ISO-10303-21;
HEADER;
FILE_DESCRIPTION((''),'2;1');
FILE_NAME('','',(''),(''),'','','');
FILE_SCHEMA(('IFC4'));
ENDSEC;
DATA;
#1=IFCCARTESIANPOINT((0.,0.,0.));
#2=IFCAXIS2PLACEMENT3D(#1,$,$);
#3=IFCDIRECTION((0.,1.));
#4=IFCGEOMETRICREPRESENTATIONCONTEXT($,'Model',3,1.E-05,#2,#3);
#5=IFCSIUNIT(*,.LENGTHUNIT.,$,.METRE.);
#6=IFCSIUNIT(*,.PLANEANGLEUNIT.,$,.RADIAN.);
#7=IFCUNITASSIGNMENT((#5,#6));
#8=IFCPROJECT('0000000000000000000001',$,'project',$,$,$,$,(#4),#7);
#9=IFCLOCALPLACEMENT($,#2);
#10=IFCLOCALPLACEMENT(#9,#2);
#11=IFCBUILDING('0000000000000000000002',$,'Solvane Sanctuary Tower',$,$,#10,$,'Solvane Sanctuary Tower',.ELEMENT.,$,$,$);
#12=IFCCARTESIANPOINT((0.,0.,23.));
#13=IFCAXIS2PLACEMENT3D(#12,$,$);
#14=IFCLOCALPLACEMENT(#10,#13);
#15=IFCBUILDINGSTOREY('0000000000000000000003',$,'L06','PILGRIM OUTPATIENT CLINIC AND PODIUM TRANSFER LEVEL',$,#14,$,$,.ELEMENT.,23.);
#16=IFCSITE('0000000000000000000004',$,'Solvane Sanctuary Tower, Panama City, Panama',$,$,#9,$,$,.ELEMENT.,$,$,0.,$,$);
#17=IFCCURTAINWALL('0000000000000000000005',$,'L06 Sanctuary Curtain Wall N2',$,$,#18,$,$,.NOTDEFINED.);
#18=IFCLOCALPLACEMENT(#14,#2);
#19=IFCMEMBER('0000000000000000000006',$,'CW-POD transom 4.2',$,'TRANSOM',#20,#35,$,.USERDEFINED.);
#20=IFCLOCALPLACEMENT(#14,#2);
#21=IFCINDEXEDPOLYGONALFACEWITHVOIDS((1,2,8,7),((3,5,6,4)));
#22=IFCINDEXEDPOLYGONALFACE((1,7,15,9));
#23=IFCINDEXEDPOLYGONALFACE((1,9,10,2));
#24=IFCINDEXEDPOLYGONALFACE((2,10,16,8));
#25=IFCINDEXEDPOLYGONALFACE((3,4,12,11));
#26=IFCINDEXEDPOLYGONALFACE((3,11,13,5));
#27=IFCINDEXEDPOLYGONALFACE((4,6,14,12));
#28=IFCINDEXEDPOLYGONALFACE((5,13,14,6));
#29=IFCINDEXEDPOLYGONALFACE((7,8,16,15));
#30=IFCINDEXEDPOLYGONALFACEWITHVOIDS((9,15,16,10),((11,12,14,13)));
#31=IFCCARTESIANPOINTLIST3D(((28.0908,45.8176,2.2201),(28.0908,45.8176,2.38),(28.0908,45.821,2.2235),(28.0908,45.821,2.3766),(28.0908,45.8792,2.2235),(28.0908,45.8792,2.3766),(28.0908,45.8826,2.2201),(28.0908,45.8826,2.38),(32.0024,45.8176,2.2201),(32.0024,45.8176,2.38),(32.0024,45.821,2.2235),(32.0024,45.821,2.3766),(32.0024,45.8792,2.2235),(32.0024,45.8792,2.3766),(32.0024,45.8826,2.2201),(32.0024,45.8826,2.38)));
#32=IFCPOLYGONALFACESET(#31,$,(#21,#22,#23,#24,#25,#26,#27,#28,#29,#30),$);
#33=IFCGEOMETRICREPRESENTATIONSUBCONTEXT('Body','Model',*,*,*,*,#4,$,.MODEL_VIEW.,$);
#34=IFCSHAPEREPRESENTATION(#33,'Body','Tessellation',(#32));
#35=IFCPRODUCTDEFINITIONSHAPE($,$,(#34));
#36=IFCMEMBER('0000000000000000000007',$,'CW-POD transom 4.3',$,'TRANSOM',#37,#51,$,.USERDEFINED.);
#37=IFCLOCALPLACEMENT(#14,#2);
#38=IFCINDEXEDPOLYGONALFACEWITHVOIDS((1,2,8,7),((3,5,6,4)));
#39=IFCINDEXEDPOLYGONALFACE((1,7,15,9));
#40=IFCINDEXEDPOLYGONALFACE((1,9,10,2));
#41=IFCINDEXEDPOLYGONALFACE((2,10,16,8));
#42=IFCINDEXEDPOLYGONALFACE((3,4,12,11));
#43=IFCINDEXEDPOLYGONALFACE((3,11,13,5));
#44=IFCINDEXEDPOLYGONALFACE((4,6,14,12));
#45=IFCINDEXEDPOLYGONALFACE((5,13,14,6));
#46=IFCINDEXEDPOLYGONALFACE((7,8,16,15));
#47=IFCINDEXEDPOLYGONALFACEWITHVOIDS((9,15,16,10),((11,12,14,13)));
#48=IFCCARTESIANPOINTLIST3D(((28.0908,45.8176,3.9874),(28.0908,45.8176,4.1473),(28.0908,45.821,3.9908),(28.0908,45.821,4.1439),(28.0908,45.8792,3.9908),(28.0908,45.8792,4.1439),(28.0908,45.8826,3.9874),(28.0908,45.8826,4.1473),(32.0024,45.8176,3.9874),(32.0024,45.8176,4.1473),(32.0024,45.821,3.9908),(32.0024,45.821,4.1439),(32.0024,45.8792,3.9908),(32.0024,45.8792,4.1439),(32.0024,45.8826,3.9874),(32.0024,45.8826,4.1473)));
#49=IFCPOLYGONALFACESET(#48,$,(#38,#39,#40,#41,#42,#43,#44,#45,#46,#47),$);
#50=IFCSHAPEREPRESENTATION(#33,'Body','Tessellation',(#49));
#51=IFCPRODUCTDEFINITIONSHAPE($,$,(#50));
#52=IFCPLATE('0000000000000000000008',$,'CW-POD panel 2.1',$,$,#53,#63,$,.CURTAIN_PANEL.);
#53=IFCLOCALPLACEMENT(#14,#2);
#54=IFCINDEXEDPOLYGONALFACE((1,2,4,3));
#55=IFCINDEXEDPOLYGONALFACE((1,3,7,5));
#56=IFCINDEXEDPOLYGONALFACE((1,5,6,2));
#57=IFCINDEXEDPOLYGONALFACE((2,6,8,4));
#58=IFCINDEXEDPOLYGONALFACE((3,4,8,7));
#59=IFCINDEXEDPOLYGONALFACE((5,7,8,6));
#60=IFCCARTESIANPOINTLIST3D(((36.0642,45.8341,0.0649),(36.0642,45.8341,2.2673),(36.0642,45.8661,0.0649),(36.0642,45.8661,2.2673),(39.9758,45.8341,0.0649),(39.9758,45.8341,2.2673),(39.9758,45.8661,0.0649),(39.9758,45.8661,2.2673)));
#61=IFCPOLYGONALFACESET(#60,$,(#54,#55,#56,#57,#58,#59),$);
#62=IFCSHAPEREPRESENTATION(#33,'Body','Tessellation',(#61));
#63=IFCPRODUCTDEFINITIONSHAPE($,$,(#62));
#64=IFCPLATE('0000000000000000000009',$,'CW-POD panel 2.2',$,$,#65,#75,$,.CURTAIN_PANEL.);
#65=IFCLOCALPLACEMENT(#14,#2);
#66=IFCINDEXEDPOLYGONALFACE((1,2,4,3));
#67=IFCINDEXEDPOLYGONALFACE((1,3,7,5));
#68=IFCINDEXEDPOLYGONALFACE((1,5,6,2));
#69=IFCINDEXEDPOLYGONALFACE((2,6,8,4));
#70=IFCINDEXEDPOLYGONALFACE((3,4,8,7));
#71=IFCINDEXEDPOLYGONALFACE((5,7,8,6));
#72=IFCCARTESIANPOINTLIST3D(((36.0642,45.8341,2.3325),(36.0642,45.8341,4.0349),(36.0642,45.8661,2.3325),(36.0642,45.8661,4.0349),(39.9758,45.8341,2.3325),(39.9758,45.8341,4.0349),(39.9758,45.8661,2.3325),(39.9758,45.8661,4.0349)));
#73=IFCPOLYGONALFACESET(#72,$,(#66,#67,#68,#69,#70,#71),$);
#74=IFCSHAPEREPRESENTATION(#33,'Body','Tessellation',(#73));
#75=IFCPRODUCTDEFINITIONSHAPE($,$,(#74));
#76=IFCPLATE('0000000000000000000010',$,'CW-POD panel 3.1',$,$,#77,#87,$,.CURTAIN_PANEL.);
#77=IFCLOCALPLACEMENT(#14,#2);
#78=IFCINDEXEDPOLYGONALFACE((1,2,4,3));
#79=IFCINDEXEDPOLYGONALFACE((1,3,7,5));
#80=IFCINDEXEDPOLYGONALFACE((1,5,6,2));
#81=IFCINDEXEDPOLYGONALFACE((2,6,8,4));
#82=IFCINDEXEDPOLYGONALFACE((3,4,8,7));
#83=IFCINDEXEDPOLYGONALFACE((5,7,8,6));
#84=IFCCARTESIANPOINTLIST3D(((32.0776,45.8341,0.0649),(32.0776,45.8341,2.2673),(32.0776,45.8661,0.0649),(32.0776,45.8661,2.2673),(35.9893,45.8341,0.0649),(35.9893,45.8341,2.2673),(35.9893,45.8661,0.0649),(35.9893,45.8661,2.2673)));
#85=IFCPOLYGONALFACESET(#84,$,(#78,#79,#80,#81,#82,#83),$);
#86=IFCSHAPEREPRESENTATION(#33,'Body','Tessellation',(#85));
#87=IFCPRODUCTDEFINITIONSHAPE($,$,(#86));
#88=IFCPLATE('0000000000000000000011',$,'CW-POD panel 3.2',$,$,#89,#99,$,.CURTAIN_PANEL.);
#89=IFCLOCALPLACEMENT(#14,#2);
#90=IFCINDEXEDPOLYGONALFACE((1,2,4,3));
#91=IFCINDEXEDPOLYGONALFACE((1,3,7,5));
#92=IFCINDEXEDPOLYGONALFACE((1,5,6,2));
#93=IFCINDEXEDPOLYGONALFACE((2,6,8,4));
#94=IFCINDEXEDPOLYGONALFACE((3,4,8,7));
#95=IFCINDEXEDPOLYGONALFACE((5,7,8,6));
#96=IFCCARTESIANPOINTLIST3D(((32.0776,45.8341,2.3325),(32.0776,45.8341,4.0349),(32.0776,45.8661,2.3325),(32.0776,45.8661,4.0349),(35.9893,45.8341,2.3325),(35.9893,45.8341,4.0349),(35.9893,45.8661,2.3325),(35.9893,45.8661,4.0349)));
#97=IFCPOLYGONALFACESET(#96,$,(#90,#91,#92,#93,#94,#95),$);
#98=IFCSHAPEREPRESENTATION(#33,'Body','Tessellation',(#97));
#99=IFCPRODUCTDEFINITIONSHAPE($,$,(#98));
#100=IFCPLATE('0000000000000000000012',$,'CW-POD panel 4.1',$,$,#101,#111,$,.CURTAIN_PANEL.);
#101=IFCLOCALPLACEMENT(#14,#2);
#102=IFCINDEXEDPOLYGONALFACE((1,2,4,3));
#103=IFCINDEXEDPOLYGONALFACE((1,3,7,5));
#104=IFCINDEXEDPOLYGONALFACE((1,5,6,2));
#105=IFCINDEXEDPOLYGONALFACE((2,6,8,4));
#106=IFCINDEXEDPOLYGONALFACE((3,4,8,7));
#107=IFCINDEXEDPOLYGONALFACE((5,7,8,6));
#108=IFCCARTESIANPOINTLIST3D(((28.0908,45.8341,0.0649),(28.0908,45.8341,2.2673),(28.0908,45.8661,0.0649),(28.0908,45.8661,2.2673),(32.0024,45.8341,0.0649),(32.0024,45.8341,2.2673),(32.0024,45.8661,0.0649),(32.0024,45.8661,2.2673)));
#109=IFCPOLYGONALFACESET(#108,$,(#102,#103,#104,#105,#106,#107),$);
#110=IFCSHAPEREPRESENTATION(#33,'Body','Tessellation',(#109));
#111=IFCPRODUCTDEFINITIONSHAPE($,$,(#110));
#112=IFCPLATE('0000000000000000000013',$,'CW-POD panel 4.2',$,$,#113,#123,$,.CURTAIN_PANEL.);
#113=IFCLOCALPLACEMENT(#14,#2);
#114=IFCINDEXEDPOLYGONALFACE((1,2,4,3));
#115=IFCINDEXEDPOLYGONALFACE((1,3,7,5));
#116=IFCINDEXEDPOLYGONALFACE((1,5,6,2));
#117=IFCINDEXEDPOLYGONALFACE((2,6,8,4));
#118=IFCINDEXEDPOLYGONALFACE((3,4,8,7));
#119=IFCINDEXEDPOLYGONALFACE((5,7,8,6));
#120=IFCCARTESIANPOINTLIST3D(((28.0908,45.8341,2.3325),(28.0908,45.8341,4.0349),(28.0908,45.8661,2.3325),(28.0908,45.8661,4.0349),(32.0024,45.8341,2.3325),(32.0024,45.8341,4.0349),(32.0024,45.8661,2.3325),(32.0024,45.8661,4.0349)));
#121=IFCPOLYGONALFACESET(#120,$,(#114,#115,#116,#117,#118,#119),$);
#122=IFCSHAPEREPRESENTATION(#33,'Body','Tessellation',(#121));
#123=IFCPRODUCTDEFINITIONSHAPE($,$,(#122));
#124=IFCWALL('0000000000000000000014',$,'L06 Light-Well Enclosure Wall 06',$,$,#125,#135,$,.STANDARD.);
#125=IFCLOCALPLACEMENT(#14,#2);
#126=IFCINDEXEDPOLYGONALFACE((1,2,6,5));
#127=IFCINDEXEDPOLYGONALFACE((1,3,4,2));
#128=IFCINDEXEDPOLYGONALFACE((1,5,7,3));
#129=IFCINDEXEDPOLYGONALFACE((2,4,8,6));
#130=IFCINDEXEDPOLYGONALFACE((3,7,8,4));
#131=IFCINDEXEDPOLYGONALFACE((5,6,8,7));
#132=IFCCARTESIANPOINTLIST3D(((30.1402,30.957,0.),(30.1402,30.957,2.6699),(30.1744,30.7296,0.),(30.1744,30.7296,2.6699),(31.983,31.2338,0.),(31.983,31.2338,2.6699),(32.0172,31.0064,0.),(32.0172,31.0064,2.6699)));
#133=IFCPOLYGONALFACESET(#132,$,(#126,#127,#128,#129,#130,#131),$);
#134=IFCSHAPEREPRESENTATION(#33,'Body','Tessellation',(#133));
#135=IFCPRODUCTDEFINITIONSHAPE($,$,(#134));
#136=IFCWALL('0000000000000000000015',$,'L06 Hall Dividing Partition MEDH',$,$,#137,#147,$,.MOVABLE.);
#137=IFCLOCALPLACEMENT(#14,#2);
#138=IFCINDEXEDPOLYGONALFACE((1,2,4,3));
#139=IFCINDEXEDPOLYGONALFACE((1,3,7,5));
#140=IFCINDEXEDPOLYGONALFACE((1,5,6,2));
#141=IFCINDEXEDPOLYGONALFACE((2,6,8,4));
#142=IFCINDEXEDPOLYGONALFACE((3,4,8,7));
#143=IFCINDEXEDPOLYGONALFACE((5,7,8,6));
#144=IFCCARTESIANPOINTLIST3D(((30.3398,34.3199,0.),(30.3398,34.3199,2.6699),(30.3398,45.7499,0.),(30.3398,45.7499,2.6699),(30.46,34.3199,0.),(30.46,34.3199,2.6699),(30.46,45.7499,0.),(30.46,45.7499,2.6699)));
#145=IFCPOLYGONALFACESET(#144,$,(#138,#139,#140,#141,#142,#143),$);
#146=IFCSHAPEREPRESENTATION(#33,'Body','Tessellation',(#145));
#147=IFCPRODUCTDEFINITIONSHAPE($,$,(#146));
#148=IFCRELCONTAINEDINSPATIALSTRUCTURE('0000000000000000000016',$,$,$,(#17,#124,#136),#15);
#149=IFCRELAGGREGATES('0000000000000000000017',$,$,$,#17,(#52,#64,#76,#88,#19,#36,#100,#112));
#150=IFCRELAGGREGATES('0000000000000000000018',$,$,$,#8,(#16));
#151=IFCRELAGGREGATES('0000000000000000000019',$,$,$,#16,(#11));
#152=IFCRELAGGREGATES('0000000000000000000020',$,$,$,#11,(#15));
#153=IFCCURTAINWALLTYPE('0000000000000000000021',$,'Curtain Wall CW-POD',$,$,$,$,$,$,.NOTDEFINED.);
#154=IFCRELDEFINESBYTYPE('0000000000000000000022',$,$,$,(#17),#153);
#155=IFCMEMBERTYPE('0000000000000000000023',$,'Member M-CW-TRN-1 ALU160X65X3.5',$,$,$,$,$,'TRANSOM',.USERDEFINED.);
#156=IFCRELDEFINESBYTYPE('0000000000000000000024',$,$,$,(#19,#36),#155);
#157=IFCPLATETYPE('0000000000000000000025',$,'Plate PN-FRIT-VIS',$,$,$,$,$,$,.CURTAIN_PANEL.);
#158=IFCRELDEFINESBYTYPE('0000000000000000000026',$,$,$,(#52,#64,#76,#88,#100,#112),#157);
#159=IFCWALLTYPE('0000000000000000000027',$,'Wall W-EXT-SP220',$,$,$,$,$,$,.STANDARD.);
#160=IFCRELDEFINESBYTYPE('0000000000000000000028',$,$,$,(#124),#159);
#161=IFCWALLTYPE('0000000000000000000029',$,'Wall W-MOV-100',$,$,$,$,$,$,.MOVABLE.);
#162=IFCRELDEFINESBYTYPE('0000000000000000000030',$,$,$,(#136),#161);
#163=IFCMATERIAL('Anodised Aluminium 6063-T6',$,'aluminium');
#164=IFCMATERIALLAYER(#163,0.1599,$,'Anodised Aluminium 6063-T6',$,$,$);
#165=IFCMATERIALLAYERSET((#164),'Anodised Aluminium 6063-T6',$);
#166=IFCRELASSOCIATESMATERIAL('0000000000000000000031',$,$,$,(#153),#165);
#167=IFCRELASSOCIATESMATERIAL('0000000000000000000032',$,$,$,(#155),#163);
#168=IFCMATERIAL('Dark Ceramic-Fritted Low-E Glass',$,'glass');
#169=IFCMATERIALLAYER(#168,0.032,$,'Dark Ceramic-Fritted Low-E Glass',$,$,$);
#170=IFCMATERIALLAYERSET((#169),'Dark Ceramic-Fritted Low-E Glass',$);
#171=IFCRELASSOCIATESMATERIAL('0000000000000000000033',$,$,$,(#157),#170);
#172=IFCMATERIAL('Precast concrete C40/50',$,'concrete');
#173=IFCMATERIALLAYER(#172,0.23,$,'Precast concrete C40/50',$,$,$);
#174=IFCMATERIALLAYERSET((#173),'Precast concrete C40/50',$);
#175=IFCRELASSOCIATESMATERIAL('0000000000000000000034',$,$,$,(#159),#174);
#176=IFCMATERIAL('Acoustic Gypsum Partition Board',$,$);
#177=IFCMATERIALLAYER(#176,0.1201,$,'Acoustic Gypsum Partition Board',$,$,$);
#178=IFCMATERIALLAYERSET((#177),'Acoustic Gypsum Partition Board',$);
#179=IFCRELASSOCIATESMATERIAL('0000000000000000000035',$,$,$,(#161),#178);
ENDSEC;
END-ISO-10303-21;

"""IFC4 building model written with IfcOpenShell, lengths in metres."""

from ifc_helpers import new_model, si_unit, direction, frame, frame_2d, origin, origin_2d, place, context, subcontext, project, spatial, rectangle, hollow_rectangle, extrude, material, layer, layer_set, material_profile, profile_set, type_object, element, aggregate, save


model = new_model("IFC4")

# Units and contexts
model_context = context("Model", 3, precision=1e-05, world=origin(), true_north=direction((0.0, 1.0)))
body_context = subcontext(model_context, "Body", "Model", "MODEL_VIEW")
ifc_project = project(units=[si_unit("LENGTHUNIT", "METRE"), si_unit("PLANEANGLEUNIT", "RADIAN")], contexts=[model_context])

# Site, building, storey
site_placement = place(None, origin())
site = spatial("IfcSite", under=ifc_project, at=site_placement, Name="Solvane Sanctuary Tower, Panama City, Panama", CompositionType="ELEMENT", RefElevation=0.0)
building_placement = place(site_placement, origin())
building = spatial("IfcBuilding", under=site, at=building_placement, Name="Solvane Sanctuary Tower", LongName="Solvane Sanctuary Tower", CompositionType="ELEMENT")
storey_placement = place(building_placement, frame((0.0, 0.0, 23.0)))
storey = spatial("IfcBuildingStorey", under=building, at=storey_placement, Name="L06", Description="PILGRIM OUTPATIENT CLINIC AND PODIUM TRANSFER LEVEL", CompositionType="ELEMENT", Elevation=23.0)

# Curtain wall, members, plates
ifc_material_1 = material(Name="Anodised Aluminium 6063-T6", Category="aluminium")
ifc_layer_1 = layer(ifc_material_1, 0.1599, Name="Anodised Aluminium 6063-T6")
ifc_layer_set_1 = layer_set([ifc_layer_1], Name="Anodised Aluminium 6063-T6")
curtain_wall_type = type_object("IfcCurtainWallType", Name="Curtain Wall CW-POD", PredefinedType="NOTDEFINED", material=ifc_layer_set_1)
curtain_wall_placement = place(storey_placement, origin())
curtain_wall = element("IfcCurtainWall", 1, at=curtain_wall_placement, inside=storey, type_object=curtain_wall_type, Name="L06 Sanctuary Curtain Wall N2", PredefinedType="NOTDEFINED")
ifc_material_profile_1 = material_profile(ifc_material_1, hollow_rectangle(XDim=0.0649, YDim=0.1599, WallThickness=0.0034, at=origin_2d()), Name="ALU160X65X3.5")
ifc_profile_set_1 = profile_set([ifc_material_profile_1], Name="Anodised Aluminium 6063-T6")
member_type_1 = type_object("IfcMemberType", Name="Member M-CW-TRN-1 ALU160X65X3.5", ElementType="TRANSOM", PredefinedType="USERDEFINED", material=ifc_profile_set_1)
member_1_placement = place(storey_placement, frame((32.0024, 45.8501, 2.3), z_axis=(-1.0, 0.0, 0.0), x_axis=(0.0, -1.0, 0.0)))
member_1 = element("IfcMember", 2, at=member_1_placement, type_object=member_type_1, Name="CW-POD transom 4.2", ObjectType="TRANSOM", PredefinedType="USERDEFINED", context=body_context, shape_type="SweptSolid", body=[
    extrude(hollow_rectangle(XDim=0.0649, YDim=0.1599, WallThickness=0.0034, at=origin_2d()), origin(), (0.0, 0.0, 1.0), 3.9116),
])
member_2_placement = place(storey_placement, frame((32.0024, 45.8501, 4.0674), z_axis=(-1.0, 0.0, 0.0), x_axis=(0.0, -1.0, 0.0)))
member_2 = element("IfcMember", 3, at=member_2_placement, type_object=member_type_1, Name="CW-POD transom 4.3", ObjectType="TRANSOM", PredefinedType="USERDEFINED", context=body_context, shape_type="SweptSolid", body=[
    extrude(hollow_rectangle(XDim=0.0649, YDim=0.1599, WallThickness=0.0034, at=origin_2d()), origin(), (0.0, 0.0, 1.0), 3.9116),
])
ifc_material_2 = material(Name="Dark Ceramic-Fritted Low-E Glass", Category="glass")
ifc_layer_2 = layer(ifc_material_2, 0.032, Name="Dark Ceramic-Fritted Low-E Glass")
ifc_layer_set_2 = layer_set([ifc_layer_2], Name="Dark Ceramic-Fritted Low-E Glass")
plate_type = type_object("IfcPlateType", Name="Plate PN-FRIT-VIS", PredefinedType="CURTAIN_PANEL", material=ifc_layer_set_2)
plate_1_placement = place(storey_placement, frame((38.02, 45.8501, 0.0649), z_axis=(0.0, 0.0, 1.0), x_axis=(-1.0, 0.0, 0.0)))
plate_1 = element("IfcPlate", 4, at=plate_1_placement, type_object=plate_type, Name="CW-POD panel 2.1", PredefinedType="CURTAIN_PANEL", context=body_context, shape_type="SweptSolid", body=[
    extrude(rectangle(XDim=3.9116, YDim=0.032, at=origin_2d()), origin(), (0.0, 0.0, 1.0), 2.2024),
])
plate_2_placement = place(storey_placement, frame((38.02, 45.8501, 2.3325), z_axis=(0.0, 0.0, 1.0), x_axis=(-1.0, 0.0, 0.0)))
plate_2 = element("IfcPlate", 5, at=plate_2_placement, type_object=plate_type, Name="CW-POD panel 2.2", PredefinedType="CURTAIN_PANEL", context=body_context, shape_type="SweptSolid", body=[
    extrude(rectangle(XDim=3.9116, YDim=0.032, at=origin_2d()), origin(), (0.0, 0.0, 1.0), 1.7024),
])
plate_3_placement = place(storey_placement, frame((34.0334, 45.8501, 0.0649), z_axis=(0.0, 0.0, 1.0), x_axis=(-1.0, 0.0, 0.0)))
plate_3 = element("IfcPlate", 6, at=plate_3_placement, type_object=plate_type, Name="CW-POD panel 3.1", PredefinedType="CURTAIN_PANEL", context=body_context, shape_type="SweptSolid", body=[
    extrude(rectangle(XDim=3.9116, YDim=0.032, at=origin_2d()), origin(), (0.0, 0.0, 1.0), 2.2024),
])
plate_4_placement = place(storey_placement, frame((34.0334, 45.8501, 2.3325), z_axis=(0.0, 0.0, 1.0), x_axis=(-1.0, 0.0, 0.0)))
plate_4 = element("IfcPlate", 7, at=plate_4_placement, type_object=plate_type, Name="CW-POD panel 3.2", PredefinedType="CURTAIN_PANEL", context=body_context, shape_type="SweptSolid", body=[
    extrude(rectangle(XDim=3.9116, YDim=0.032, at=origin_2d()), origin(), (0.0, 0.0, 1.0), 1.7024),
])
plate_5_placement = place(storey_placement, frame((30.0466, 45.8501, 0.0649), z_axis=(0.0, 0.0, 1.0), x_axis=(-1.0, 0.0, 0.0)))
plate_5 = element("IfcPlate", 8, at=plate_5_placement, type_object=plate_type, Name="CW-POD panel 4.1", PredefinedType="CURTAIN_PANEL", context=body_context, shape_type="SweptSolid", body=[
    extrude(rectangle(XDim=3.9116, YDim=0.032, at=origin_2d()), origin(), (0.0, 0.0, 1.0), 2.2024),
])
plate_6_placement = place(storey_placement, frame((30.0466, 45.8501, 2.3325), z_axis=(0.0, 0.0, 1.0), x_axis=(-1.0, 0.0, 0.0)))
plate_6 = element("IfcPlate", 9, at=plate_6_placement, type_object=plate_type, Name="CW-POD panel 4.2", PredefinedType="CURTAIN_PANEL", context=body_context, shape_type="SweptSolid", body=[
    extrude(rectangle(XDim=3.9116, YDim=0.032, at=origin_2d()), origin(), (0.0, 0.0, 1.0), 1.7024),
])
aggregate(curtain_wall, [plate_1, plate_2, plate_3, plate_4, member_1, member_2, plate_5, plate_6])

# Walls
ifc_material_3 = material(Name="Precast concrete C40/50", Category="concrete")
ifc_layer_3 = layer(ifc_material_3, 0.23, Name="Precast concrete C40/50")
ifc_layer_set_3 = layer_set([ifc_layer_3], Name="Precast concrete C40/50")
wall_type_1 = type_object("IfcWallType", Name="Wall W-EXT-SP220", PredefinedType="STANDARD", material=ifc_layer_set_3)
wall_1_placement = place(storey_placement, frame((32.0, 31.1201, 0.0), z_axis=(0.0, 0.0, 1.0), x_axis=(-0.988902, -0.148571, 0.0)))
element("IfcWall", 10, at=wall_1_placement, inside=storey, type_object=wall_type_1, Name="L06 Light-Well Enclosure Wall 06", PredefinedType="STANDARD", context=body_context, shape_type="SweptSolid", body=[
    extrude(rectangle(XDim=1.8635, YDim=0.23, at=frame_2d((0.9316, 0.0))), origin(), (0.0, 0.0, 1.0), 2.6699),
])
ifc_material_4 = material(Name="Acoustic Gypsum Partition Board")
ifc_layer_4 = layer(ifc_material_4, 0.1201, Name="Acoustic Gypsum Partition Board")
ifc_layer_set_4 = layer_set([ifc_layer_4], Name="Acoustic Gypsum Partition Board")
wall_type_2 = type_object("IfcWallType", Name="Wall W-MOV-100", PredefinedType="MOVABLE", material=ifc_layer_set_4)
wall_2_placement = place(storey_placement, frame((30.3999, 34.3201, 0.0), z_axis=(0.0, 0.0, 1.0), x_axis=(0.0, 1.0, 0.0)))
element("IfcWall", 11, at=wall_2_placement, inside=storey, type_object=wall_type_2, Name="L06 Hall Dividing Partition MEDH", PredefinedType="MOVABLE", context=body_context, shape_type="SweptSolid", body=[
    extrude(rectangle(XDim=11.4299, YDim=0.1201, at=frame_2d((5.7148, 0.0))), origin(), (0.0, 0.0, 1.0), 2.6699),
])

save(model, "model.ifc")
